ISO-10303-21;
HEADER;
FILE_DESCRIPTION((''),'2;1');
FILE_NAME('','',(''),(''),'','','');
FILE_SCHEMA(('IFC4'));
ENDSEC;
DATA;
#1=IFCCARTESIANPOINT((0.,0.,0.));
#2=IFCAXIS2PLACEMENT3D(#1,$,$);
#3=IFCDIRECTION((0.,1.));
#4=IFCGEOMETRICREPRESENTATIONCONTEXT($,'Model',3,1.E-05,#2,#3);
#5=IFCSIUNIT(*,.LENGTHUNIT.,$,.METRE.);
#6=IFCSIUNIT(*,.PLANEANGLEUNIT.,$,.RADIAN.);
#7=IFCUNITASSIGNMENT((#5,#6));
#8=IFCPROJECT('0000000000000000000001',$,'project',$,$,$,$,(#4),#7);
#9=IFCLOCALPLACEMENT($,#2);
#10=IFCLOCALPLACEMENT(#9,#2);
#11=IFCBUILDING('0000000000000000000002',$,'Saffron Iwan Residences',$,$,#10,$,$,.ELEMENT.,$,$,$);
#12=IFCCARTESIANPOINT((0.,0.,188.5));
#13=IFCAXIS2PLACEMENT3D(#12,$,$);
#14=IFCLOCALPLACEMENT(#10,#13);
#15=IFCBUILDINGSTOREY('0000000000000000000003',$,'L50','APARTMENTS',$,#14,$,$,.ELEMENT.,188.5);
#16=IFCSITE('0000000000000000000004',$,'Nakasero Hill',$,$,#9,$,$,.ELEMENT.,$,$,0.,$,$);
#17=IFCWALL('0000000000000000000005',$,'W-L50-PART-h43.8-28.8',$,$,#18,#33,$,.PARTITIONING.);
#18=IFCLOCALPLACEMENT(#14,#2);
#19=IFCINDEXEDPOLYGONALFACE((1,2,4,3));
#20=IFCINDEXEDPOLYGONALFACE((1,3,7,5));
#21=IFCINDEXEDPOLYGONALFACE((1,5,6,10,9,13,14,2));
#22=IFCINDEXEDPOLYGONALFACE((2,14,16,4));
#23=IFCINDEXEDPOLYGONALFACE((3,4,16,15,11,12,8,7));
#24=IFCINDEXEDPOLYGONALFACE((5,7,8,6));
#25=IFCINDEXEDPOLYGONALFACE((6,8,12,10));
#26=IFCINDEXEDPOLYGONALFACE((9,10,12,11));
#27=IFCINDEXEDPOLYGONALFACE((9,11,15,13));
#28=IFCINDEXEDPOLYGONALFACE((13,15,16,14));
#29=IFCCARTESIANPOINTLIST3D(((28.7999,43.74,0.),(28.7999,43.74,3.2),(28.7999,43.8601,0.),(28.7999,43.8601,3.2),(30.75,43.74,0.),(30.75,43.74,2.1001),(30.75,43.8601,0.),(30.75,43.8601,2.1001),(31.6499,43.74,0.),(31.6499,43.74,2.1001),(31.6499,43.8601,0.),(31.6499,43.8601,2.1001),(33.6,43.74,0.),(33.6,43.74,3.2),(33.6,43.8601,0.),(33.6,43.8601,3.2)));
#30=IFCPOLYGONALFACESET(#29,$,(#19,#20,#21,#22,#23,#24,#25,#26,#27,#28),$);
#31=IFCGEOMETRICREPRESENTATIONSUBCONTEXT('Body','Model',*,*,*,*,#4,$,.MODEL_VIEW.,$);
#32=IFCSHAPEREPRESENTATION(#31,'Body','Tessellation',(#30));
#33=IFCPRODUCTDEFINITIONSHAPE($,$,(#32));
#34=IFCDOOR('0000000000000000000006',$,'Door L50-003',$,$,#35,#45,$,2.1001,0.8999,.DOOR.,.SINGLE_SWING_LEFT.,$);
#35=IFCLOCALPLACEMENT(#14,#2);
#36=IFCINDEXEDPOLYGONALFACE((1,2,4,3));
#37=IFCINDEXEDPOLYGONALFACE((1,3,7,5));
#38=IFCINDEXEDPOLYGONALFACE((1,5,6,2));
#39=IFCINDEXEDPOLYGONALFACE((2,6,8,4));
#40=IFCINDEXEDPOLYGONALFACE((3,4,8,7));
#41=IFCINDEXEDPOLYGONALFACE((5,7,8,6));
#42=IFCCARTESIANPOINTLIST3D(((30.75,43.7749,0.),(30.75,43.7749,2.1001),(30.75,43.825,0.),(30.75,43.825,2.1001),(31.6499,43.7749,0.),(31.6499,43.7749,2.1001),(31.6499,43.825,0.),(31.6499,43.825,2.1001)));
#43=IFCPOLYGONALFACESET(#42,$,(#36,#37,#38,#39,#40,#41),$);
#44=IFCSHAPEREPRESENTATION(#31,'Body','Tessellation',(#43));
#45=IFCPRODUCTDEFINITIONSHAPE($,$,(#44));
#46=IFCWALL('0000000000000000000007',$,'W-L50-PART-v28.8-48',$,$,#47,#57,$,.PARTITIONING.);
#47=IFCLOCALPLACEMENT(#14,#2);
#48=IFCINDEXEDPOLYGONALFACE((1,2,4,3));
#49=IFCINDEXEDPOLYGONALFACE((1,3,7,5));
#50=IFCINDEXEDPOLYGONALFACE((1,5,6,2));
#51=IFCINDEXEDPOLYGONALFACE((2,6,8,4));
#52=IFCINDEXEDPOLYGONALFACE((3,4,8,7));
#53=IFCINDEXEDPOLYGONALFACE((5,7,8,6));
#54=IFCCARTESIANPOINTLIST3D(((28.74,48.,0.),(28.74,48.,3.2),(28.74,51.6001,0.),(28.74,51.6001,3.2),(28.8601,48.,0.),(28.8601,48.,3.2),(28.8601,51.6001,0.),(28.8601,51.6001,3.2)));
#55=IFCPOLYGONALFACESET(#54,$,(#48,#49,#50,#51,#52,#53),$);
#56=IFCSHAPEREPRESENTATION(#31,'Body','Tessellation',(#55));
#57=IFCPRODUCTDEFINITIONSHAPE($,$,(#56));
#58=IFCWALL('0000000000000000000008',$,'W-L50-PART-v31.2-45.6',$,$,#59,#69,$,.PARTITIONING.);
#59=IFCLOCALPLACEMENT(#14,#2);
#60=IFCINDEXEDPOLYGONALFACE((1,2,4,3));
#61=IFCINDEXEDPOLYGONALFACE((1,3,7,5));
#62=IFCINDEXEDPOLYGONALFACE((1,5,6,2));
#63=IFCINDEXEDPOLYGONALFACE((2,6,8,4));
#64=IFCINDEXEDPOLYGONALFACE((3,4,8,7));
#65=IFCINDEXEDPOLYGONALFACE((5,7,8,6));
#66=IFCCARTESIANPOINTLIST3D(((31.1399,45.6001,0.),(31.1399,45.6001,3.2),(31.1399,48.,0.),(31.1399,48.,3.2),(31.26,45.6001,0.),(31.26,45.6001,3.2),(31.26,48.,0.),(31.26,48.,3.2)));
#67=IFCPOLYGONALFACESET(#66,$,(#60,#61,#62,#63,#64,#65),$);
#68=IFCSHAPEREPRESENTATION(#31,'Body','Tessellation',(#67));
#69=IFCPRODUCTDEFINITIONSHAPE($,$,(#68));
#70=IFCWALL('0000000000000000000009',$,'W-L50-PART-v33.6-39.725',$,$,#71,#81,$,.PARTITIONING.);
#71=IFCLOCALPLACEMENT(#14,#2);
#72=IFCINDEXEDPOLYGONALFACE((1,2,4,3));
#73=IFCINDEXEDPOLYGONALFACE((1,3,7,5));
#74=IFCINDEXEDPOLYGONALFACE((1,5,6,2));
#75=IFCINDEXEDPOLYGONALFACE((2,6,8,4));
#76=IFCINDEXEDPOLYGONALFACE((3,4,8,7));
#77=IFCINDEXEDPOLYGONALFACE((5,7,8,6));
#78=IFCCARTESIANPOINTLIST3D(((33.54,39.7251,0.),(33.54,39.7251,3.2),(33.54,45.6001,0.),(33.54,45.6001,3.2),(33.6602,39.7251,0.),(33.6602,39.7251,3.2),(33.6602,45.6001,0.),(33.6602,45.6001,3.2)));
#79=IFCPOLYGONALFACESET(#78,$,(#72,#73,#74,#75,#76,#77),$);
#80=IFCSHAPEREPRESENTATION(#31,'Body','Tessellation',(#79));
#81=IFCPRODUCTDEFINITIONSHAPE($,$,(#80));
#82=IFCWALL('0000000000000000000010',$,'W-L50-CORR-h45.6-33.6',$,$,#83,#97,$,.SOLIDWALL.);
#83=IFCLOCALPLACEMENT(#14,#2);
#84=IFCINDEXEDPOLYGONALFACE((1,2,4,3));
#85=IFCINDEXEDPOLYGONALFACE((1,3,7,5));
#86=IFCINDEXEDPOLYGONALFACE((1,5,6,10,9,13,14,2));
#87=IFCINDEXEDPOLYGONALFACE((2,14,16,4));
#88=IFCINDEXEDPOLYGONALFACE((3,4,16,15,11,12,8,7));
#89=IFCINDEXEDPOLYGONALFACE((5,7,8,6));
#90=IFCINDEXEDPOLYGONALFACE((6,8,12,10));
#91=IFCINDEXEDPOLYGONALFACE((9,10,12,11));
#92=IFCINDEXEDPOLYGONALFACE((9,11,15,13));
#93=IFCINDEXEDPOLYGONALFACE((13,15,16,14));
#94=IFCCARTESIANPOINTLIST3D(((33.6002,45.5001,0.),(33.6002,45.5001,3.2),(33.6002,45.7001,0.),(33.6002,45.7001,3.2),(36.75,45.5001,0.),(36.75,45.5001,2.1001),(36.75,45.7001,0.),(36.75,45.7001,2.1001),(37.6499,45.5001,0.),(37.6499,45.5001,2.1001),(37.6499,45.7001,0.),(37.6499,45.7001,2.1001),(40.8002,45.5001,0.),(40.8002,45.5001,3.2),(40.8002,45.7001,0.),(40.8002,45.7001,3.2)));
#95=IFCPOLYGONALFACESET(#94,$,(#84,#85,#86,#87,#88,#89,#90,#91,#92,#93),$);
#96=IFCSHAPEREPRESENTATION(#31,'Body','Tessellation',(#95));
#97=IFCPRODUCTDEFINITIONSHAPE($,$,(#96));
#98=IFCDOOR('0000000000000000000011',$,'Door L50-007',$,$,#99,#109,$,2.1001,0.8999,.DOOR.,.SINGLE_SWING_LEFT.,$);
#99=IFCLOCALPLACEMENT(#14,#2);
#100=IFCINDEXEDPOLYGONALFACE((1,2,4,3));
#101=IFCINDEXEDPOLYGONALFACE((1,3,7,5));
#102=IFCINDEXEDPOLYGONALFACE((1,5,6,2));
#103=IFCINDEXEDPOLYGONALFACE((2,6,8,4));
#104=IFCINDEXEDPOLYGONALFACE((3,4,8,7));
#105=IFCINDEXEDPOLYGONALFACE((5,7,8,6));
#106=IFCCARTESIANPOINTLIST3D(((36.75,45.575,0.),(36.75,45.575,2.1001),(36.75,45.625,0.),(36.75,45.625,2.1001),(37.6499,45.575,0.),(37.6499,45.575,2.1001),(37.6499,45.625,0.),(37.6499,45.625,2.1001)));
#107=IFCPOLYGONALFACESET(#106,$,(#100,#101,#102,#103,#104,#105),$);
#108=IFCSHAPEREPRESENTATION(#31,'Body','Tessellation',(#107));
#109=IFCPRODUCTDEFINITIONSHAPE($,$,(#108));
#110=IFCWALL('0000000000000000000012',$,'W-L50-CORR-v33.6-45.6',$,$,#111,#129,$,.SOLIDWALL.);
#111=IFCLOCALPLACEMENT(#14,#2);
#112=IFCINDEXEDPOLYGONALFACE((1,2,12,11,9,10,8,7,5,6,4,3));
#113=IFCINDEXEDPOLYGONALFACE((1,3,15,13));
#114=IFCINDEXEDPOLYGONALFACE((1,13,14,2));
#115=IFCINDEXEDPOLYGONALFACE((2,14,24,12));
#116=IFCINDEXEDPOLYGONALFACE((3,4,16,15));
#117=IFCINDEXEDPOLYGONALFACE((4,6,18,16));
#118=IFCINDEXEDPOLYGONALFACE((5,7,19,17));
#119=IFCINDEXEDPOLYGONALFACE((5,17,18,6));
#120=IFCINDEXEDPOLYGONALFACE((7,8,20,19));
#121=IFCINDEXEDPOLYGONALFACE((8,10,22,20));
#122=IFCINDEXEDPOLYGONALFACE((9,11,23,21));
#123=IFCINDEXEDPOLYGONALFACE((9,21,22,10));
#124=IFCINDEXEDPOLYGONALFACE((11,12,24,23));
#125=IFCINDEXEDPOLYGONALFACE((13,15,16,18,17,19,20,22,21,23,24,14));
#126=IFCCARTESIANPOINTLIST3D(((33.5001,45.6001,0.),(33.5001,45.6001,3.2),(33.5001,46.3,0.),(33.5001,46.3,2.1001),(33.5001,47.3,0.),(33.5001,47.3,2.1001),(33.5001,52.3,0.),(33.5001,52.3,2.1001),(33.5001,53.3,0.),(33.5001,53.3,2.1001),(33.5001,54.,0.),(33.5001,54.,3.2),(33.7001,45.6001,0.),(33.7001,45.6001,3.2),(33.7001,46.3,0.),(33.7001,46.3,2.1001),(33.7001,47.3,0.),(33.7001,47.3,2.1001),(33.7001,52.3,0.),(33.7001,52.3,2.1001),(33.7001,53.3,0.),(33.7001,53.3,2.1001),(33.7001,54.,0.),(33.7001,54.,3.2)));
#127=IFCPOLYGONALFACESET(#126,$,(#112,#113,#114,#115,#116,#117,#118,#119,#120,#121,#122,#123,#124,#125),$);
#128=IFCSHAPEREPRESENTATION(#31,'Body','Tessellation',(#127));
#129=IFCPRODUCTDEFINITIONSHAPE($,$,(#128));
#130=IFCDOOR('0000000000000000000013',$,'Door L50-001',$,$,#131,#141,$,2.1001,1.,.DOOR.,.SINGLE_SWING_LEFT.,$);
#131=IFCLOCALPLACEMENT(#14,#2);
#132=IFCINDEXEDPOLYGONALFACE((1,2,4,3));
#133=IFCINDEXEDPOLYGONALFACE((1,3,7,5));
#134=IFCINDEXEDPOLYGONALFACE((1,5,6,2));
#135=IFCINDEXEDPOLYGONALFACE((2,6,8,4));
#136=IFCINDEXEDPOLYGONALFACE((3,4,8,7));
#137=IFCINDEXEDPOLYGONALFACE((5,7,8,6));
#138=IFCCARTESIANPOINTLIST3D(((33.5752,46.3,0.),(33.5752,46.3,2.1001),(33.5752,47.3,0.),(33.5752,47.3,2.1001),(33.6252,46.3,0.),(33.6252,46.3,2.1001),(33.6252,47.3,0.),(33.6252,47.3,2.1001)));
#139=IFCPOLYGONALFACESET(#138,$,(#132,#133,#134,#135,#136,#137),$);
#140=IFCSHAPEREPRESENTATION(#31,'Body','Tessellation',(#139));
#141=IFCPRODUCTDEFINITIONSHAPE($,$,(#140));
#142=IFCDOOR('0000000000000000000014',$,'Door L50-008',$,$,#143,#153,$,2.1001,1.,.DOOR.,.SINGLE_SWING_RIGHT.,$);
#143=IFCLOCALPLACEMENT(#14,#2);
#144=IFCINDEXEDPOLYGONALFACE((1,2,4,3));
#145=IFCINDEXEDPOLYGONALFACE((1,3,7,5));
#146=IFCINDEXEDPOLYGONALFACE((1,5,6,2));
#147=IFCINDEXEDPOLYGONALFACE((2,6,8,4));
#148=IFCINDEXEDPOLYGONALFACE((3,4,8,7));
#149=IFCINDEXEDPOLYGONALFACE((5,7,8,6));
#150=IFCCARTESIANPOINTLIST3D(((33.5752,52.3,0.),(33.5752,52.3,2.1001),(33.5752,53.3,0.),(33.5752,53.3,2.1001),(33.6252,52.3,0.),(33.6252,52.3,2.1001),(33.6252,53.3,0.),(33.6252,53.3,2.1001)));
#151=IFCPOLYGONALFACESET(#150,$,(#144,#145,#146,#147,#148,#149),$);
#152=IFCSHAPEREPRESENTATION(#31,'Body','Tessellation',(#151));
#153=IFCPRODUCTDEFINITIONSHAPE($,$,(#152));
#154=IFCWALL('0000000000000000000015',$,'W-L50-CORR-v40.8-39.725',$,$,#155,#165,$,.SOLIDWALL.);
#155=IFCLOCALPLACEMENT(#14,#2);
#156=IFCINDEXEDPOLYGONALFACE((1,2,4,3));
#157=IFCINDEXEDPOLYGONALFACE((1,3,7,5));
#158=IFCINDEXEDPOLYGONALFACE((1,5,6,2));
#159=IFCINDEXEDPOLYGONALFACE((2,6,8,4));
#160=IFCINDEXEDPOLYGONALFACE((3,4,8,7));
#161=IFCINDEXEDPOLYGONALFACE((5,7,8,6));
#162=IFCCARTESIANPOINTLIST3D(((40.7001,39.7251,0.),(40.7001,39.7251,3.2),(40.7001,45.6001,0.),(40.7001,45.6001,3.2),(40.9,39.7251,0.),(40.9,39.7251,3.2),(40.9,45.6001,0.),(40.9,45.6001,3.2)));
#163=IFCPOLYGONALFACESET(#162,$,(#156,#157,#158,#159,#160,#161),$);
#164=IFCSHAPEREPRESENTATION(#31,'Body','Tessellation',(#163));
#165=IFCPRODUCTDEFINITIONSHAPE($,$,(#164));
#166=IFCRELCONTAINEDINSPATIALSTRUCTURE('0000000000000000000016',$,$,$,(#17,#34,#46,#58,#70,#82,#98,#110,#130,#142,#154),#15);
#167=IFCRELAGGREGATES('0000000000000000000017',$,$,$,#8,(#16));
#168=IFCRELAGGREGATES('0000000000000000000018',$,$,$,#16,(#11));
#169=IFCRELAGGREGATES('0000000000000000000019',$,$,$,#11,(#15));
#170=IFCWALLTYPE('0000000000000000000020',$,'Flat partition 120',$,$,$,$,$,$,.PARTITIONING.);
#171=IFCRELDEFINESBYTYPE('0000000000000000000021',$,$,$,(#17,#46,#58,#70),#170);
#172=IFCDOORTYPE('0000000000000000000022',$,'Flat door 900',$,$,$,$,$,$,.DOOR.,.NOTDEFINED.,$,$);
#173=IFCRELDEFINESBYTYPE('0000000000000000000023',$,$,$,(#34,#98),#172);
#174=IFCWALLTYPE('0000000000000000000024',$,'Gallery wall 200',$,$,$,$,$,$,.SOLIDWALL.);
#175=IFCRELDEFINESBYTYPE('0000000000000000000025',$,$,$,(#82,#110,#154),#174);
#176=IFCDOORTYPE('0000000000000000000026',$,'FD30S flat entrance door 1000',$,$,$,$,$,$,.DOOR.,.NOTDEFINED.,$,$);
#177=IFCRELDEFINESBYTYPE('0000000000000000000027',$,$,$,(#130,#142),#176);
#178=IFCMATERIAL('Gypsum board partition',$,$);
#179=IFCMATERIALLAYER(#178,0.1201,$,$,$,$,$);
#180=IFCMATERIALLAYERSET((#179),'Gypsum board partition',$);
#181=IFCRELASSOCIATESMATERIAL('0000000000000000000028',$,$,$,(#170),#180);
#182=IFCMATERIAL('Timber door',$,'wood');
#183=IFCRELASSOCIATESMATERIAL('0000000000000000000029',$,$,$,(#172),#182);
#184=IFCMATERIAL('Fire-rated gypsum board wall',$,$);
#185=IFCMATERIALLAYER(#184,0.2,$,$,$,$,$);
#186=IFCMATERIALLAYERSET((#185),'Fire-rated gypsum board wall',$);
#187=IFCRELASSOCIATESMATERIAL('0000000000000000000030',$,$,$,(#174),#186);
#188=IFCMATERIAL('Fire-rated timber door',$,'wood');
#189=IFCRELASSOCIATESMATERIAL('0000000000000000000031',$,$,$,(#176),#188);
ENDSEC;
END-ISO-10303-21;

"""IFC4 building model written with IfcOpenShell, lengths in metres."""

from ifc_helpers import new_model, si_unit, direction, frame, frame_2d, origin, place, context, subcontext, project, spatial, rectangle, extrude, material, layer, layer_set, type_object, element, fill, save


model = new_model("IFC4")

# Units and contexts
model_context = context("Model", 3, precision=1e-05, world=origin(), true_north=direction((0.0, 1.0)))
body_context = subcontext(model_context, "Body", "Model", "MODEL_VIEW")
ifc_project = project(units=[si_unit("LENGTHUNIT", "METRE"), si_unit("PLANEANGLEUNIT", "RADIAN")], contexts=[model_context])

# Site, building, storey
site_placement = place(None, origin())
site = spatial("IfcSite", under=ifc_project, at=site_placement, Name="Nakasero Hill", CompositionType="ELEMENT", RefElevation=0.0)
building_placement = place(site_placement, origin())
building = spatial("IfcBuilding", under=site, at=building_placement, Name="Saffron Iwan Residences", CompositionType="ELEMENT")
storey_placement = place(building_placement, frame((0.0, 0.0, 188.5)))
storey = spatial("IfcBuildingStorey", under=building, at=storey_placement, Name="L50", Description="APARTMENTS", CompositionType="ELEMENT", Elevation=188.5)

# Wall, opening, door
ifc_material_1 = material(Name="Gypsum board partition")
ifc_layer_1 = layer(ifc_material_1, 0.1201)
ifc_layer_set_1 = layer_set([ifc_layer_1], Name="Gypsum board partition")
wall_type_1 = type_object("IfcWallType", Name="Flat partition 120", PredefinedType="PARTITIONING", material=ifc_layer_set_1)
wall_1_placement = place(storey_placement, frame((28.8, 43.8, 0.0), z_axis=(0.0, 0.0, 1.0), x_axis=(1.0, 0.0, 0.0)))
wall_1 = element("IfcWall", 1, at=wall_1_placement, inside=storey, type_object=wall_type_1, Name="W-L50-PART-h43.8-28.8", PredefinedType="PARTITIONING", context=body_context, shape_type="SweptSolid", body=[
    extrude(rectangle(XDim=4.8, YDim=0.1201, at=frame_2d((2.3999, 0.0))), origin(), (0.0, 0.0, 1.0), 3.2),
])
opening_1_placement = place(wall_1_placement, frame((1.95, 0.0, 0.0)))
opening_1 = element("IfcOpeningElement", 2, at=opening_1_placement, cuts=wall_1, PredefinedType="OPENING", context=body_context, shape_type="SweptSolid", body=[
    extrude(rectangle(XDim=0.8999, YDim=2.1001, at=frame_2d((0.45, 1.05))), frame((0.0, 0.0701, 0.0), z_axis=(0.0, -1.0, 0.0), x_axis=(1.0, 0.0, 0.0)), (0.0, 0.0, 1.0), 0.1401),
])
ifc_material_2 = material(Name="Timber door", Category="wood")
door_type_1 = type_object("IfcDoorType", Name="Flat door 900", OperationType="NOTDEFINED", PredefinedType="DOOR", material=ifc_material_2)
door_1_placement = place(opening_1_placement, origin())
door_1 = element("IfcDoor", 3, at=door_1_placement, inside=storey, type_object=door_type_1, Name="Door L50-003", OperationType="SINGLE_SWING_LEFT", OverallHeight=2.1001, OverallWidth=0.8999, PredefinedType="DOOR", context=body_context, shape_type="SweptSolid", body=[
    extrude(rectangle(XDim=0.8999, YDim=2.1001, at=frame_2d((0.45, 1.05))), frame((0.0, 0.0249, 0.0), z_axis=(0.0, -1.0, 0.0), x_axis=(1.0, 0.0, 0.0)), (0.0, 0.0, 1.0), 0.05),
])
fill(opening_1, door_1)

# Walls
wall_2_placement = place(storey_placement, frame((28.8, 48.0, 0.0), z_axis=(0.0, 0.0, 1.0), x_axis=(0.0, 1.0, 0.0)))
element("IfcWall", 4, at=wall_2_placement, inside=storey, type_object=wall_type_1, Name="W-L50-PART-v28.8-48", PredefinedType="PARTITIONING", context=body_context, shape_type="SweptSolid", body=[
    extrude(rectangle(XDim=3.6001, YDim=0.1201, at=frame_2d((1.8, 0.0))), origin(), (0.0, 0.0, 1.0), 3.2),
])
wall_3_placement = place(storey_placement, frame((31.2, 45.6001, 0.0), z_axis=(0.0, 0.0, 1.0), x_axis=(0.0, 1.0, 0.0)))
element("IfcWall", 5, at=wall_3_placement, inside=storey, type_object=wall_type_1, Name="W-L50-PART-v31.2-45.6", PredefinedType="PARTITIONING", context=body_context, shape_type="SweptSolid", body=[
    extrude(rectangle(XDim=2.3999, YDim=0.1201, at=frame_2d((1.2, 0.0))), origin(), (0.0, 0.0, 1.0), 3.2),
])
wall_4_placement = place(storey_placement, frame((33.6001, 39.7251, 0.0), z_axis=(0.0, 0.0, 1.0), x_axis=(0.0, 1.0, 0.0)))
element("IfcWall", 6, at=wall_4_placement, inside=storey, type_object=wall_type_1, Name="W-L50-PART-v33.6-39.725", PredefinedType="PARTITIONING", context=body_context, shape_type="SweptSolid", body=[
    extrude(rectangle(XDim=5.875, YDim=0.1201, at=frame_2d((2.9375, 0.0))), origin(), (0.0, 0.0, 1.0), 3.2),
])

# Wall, opening, door
ifc_material_3 = material(Name="Fire-rated gypsum board wall")
ifc_layer_2 = layer(ifc_material_3, 0.2)
ifc_layer_set_2 = layer_set([ifc_layer_2], Name="Fire-rated gypsum board wall")
wall_type_2 = type_object("IfcWallType", Name="Gallery wall 200", PredefinedType="SOLIDWALL", material=ifc_layer_set_2)
wall_5_placement = place(storey_placement, frame((33.6001, 45.6001, 0.0), z_axis=(0.0, 0.0, 1.0), x_axis=(1.0, 0.0, 0.0)))
wall_5 = element("IfcWall", 7, at=wall_5_placement, inside=storey, type_object=wall_type_2, Name="W-L50-CORR-h45.6-33.6", PredefinedType="SOLIDWALL", context=body_context, shape_type="SweptSolid", body=[
    extrude(rectangle(XDim=7.2, YDim=0.2, at=frame_2d((3.6001, 0.0))), origin(), (0.0, 0.0, 1.0), 3.2),
])
opening_2_placement = place(wall_5_placement, frame((3.1499, 0.0, 0.0)))
opening_2 = element("IfcOpeningElement", 8, at=opening_2_placement, cuts=wall_5, PredefinedType="OPENING", context=body_context, shape_type="SweptSolid", body=[
    extrude(rectangle(XDim=0.8999, YDim=2.1001, at=frame_2d((0.45, 1.05))), frame((0.0, 0.1099, 0.0), z_axis=(0.0, -1.0, 0.0), x_axis=(1.0, 0.0, 0.0)), (0.0, 0.0, 1.0), 0.22),
])
door_2_placement = place(opening_2_placement, origin())
door_2 = element("IfcDoor", 9, at=door_2_placement, inside=storey, type_object=door_type_1, Name="Door L50-007", OperationType="SINGLE_SWING_LEFT", OverallHeight=2.1001, OverallWidth=0.8999, PredefinedType="DOOR", context=body_context, shape_type="SweptSolid", body=[
    extrude(rectangle(XDim=0.8999, YDim=2.1001, at=frame_2d((0.45, 1.05))), frame((0.0, 0.0249, 0.0), z_axis=(0.0, -1.0, 0.0), x_axis=(1.0, 0.0, 0.0)), (0.0, 0.0, 1.0), 0.05),
])
fill(opening_2, door_2)

# Wall, openings, doors
wall_6_placement = place(storey_placement, frame((33.6001, 45.6001, 0.0), z_axis=(0.0, 0.0, 1.0), x_axis=(0.0, 1.0, 0.0)))
wall_6 = element("IfcWall", 10, at=wall_6_placement, inside=storey, type_object=wall_type_2, Name="W-L50-CORR-v33.6-45.6", PredefinedType="SOLIDWALL", context=body_context, shape_type="SweptSolid", body=[
    extrude(rectangle(XDim=8.3999, YDim=0.2, at=frame_2d((4.2, 0.0))), origin(), (0.0, 0.0, 1.0), 3.2),
])
opening_3_placement = place(wall_6_placement, frame((0.7, 0.0, 0.0)))
opening_3 = element("IfcOpeningElement", 11, at=opening_3_placement, cuts=wall_6, PredefinedType="OPENING", context=body_context, shape_type="SweptSolid", body=[
    extrude(rectangle(XDim=1.0, YDim=2.1001, at=frame_2d((0.5, 1.05))), frame((0.0, 0.1099, 0.0), z_axis=(0.0, -1.0, 0.0), x_axis=(1.0, 0.0, 0.0)), (0.0, 0.0, 1.0), 0.22),
])
opening_4_placement = place(wall_6_placement, frame((6.7, 0.0, 0.0)))
opening_4 = element("IfcOpeningElement", 12, at=opening_4_placement, cuts=wall_6, PredefinedType="OPENING", context=body_context, shape_type="SweptSolid", body=[
    extrude(rectangle(XDim=1.0, YDim=2.1001, at=frame_2d((0.5, 1.05))), frame((0.0, 0.1099, 0.0), z_axis=(0.0, -1.0, 0.0), x_axis=(1.0, 0.0, 0.0)), (0.0, 0.0, 1.0), 0.22),
])
ifc_material_4 = material(Name="Fire-rated timber door", Category="wood")
door_type_2 = type_object("IfcDoorType", Name="FD30S flat entrance door 1000", OperationType="NOTDEFINED", PredefinedType="DOOR", material=ifc_material_4)
door_3_placement = place(opening_3_placement, origin())
door_3 = element("IfcDoor", 13, at=door_3_placement, inside=storey, type_object=door_type_2, Name="Door L50-001", OperationType="SINGLE_SWING_LEFT", OverallHeight=2.1001, OverallWidth=1.0, PredefinedType="DOOR", context=body_context, shape_type="SweptSolid", body=[
    extrude(rectangle(XDim=1.0, YDim=2.1001, at=frame_2d((0.5, 1.05))), frame((0.0, 0.0249, 0.0), z_axis=(0.0, -1.0, 0.0), x_axis=(1.0, 0.0, 0.0)), (0.0, 0.0, 1.0), 0.05),
])
fill(opening_3, door_3)
door_4_placement = place(opening_4_placement, origin())
door_4 = element("IfcDoor", 14, at=door_4_placement, inside=storey, type_object=door_type_2, Name="Door L50-008", OperationType="SINGLE_SWING_RIGHT", OverallHeight=2.1001, OverallWidth=1.0, PredefinedType="DOOR", context=body_context, shape_type="SweptSolid", body=[
    extrude(rectangle(XDim=1.0, YDim=2.1001, at=frame_2d((0.5, 1.05))), frame((0.0, 0.0249, 0.0), z_axis=(0.0, -1.0, 0.0), x_axis=(1.0, 0.0, 0.0)), (0.0, 0.0, 1.0), 0.05),
])
fill(opening_4, door_4)

# Wall
wall_7_placement = place(storey_placement, frame((40.8, 39.7251, 0.0), z_axis=(0.0, 0.0, 1.0), x_axis=(0.0, 1.0, 0.0)))
element("IfcWall", 15, at=wall_7_placement, inside=storey, type_object=wall_type_2, Name="W-L50-CORR-v40.8-39.725", PredefinedType="SOLIDWALL", context=body_context, shape_type="SweptSolid", body=[
    extrude(rectangle(XDim=5.875, YDim=0.2, at=frame_2d((2.9375, 0.0))), origin(), (0.0, 0.0, 1.0), 3.2),
])

save(model, "model.ifc")
